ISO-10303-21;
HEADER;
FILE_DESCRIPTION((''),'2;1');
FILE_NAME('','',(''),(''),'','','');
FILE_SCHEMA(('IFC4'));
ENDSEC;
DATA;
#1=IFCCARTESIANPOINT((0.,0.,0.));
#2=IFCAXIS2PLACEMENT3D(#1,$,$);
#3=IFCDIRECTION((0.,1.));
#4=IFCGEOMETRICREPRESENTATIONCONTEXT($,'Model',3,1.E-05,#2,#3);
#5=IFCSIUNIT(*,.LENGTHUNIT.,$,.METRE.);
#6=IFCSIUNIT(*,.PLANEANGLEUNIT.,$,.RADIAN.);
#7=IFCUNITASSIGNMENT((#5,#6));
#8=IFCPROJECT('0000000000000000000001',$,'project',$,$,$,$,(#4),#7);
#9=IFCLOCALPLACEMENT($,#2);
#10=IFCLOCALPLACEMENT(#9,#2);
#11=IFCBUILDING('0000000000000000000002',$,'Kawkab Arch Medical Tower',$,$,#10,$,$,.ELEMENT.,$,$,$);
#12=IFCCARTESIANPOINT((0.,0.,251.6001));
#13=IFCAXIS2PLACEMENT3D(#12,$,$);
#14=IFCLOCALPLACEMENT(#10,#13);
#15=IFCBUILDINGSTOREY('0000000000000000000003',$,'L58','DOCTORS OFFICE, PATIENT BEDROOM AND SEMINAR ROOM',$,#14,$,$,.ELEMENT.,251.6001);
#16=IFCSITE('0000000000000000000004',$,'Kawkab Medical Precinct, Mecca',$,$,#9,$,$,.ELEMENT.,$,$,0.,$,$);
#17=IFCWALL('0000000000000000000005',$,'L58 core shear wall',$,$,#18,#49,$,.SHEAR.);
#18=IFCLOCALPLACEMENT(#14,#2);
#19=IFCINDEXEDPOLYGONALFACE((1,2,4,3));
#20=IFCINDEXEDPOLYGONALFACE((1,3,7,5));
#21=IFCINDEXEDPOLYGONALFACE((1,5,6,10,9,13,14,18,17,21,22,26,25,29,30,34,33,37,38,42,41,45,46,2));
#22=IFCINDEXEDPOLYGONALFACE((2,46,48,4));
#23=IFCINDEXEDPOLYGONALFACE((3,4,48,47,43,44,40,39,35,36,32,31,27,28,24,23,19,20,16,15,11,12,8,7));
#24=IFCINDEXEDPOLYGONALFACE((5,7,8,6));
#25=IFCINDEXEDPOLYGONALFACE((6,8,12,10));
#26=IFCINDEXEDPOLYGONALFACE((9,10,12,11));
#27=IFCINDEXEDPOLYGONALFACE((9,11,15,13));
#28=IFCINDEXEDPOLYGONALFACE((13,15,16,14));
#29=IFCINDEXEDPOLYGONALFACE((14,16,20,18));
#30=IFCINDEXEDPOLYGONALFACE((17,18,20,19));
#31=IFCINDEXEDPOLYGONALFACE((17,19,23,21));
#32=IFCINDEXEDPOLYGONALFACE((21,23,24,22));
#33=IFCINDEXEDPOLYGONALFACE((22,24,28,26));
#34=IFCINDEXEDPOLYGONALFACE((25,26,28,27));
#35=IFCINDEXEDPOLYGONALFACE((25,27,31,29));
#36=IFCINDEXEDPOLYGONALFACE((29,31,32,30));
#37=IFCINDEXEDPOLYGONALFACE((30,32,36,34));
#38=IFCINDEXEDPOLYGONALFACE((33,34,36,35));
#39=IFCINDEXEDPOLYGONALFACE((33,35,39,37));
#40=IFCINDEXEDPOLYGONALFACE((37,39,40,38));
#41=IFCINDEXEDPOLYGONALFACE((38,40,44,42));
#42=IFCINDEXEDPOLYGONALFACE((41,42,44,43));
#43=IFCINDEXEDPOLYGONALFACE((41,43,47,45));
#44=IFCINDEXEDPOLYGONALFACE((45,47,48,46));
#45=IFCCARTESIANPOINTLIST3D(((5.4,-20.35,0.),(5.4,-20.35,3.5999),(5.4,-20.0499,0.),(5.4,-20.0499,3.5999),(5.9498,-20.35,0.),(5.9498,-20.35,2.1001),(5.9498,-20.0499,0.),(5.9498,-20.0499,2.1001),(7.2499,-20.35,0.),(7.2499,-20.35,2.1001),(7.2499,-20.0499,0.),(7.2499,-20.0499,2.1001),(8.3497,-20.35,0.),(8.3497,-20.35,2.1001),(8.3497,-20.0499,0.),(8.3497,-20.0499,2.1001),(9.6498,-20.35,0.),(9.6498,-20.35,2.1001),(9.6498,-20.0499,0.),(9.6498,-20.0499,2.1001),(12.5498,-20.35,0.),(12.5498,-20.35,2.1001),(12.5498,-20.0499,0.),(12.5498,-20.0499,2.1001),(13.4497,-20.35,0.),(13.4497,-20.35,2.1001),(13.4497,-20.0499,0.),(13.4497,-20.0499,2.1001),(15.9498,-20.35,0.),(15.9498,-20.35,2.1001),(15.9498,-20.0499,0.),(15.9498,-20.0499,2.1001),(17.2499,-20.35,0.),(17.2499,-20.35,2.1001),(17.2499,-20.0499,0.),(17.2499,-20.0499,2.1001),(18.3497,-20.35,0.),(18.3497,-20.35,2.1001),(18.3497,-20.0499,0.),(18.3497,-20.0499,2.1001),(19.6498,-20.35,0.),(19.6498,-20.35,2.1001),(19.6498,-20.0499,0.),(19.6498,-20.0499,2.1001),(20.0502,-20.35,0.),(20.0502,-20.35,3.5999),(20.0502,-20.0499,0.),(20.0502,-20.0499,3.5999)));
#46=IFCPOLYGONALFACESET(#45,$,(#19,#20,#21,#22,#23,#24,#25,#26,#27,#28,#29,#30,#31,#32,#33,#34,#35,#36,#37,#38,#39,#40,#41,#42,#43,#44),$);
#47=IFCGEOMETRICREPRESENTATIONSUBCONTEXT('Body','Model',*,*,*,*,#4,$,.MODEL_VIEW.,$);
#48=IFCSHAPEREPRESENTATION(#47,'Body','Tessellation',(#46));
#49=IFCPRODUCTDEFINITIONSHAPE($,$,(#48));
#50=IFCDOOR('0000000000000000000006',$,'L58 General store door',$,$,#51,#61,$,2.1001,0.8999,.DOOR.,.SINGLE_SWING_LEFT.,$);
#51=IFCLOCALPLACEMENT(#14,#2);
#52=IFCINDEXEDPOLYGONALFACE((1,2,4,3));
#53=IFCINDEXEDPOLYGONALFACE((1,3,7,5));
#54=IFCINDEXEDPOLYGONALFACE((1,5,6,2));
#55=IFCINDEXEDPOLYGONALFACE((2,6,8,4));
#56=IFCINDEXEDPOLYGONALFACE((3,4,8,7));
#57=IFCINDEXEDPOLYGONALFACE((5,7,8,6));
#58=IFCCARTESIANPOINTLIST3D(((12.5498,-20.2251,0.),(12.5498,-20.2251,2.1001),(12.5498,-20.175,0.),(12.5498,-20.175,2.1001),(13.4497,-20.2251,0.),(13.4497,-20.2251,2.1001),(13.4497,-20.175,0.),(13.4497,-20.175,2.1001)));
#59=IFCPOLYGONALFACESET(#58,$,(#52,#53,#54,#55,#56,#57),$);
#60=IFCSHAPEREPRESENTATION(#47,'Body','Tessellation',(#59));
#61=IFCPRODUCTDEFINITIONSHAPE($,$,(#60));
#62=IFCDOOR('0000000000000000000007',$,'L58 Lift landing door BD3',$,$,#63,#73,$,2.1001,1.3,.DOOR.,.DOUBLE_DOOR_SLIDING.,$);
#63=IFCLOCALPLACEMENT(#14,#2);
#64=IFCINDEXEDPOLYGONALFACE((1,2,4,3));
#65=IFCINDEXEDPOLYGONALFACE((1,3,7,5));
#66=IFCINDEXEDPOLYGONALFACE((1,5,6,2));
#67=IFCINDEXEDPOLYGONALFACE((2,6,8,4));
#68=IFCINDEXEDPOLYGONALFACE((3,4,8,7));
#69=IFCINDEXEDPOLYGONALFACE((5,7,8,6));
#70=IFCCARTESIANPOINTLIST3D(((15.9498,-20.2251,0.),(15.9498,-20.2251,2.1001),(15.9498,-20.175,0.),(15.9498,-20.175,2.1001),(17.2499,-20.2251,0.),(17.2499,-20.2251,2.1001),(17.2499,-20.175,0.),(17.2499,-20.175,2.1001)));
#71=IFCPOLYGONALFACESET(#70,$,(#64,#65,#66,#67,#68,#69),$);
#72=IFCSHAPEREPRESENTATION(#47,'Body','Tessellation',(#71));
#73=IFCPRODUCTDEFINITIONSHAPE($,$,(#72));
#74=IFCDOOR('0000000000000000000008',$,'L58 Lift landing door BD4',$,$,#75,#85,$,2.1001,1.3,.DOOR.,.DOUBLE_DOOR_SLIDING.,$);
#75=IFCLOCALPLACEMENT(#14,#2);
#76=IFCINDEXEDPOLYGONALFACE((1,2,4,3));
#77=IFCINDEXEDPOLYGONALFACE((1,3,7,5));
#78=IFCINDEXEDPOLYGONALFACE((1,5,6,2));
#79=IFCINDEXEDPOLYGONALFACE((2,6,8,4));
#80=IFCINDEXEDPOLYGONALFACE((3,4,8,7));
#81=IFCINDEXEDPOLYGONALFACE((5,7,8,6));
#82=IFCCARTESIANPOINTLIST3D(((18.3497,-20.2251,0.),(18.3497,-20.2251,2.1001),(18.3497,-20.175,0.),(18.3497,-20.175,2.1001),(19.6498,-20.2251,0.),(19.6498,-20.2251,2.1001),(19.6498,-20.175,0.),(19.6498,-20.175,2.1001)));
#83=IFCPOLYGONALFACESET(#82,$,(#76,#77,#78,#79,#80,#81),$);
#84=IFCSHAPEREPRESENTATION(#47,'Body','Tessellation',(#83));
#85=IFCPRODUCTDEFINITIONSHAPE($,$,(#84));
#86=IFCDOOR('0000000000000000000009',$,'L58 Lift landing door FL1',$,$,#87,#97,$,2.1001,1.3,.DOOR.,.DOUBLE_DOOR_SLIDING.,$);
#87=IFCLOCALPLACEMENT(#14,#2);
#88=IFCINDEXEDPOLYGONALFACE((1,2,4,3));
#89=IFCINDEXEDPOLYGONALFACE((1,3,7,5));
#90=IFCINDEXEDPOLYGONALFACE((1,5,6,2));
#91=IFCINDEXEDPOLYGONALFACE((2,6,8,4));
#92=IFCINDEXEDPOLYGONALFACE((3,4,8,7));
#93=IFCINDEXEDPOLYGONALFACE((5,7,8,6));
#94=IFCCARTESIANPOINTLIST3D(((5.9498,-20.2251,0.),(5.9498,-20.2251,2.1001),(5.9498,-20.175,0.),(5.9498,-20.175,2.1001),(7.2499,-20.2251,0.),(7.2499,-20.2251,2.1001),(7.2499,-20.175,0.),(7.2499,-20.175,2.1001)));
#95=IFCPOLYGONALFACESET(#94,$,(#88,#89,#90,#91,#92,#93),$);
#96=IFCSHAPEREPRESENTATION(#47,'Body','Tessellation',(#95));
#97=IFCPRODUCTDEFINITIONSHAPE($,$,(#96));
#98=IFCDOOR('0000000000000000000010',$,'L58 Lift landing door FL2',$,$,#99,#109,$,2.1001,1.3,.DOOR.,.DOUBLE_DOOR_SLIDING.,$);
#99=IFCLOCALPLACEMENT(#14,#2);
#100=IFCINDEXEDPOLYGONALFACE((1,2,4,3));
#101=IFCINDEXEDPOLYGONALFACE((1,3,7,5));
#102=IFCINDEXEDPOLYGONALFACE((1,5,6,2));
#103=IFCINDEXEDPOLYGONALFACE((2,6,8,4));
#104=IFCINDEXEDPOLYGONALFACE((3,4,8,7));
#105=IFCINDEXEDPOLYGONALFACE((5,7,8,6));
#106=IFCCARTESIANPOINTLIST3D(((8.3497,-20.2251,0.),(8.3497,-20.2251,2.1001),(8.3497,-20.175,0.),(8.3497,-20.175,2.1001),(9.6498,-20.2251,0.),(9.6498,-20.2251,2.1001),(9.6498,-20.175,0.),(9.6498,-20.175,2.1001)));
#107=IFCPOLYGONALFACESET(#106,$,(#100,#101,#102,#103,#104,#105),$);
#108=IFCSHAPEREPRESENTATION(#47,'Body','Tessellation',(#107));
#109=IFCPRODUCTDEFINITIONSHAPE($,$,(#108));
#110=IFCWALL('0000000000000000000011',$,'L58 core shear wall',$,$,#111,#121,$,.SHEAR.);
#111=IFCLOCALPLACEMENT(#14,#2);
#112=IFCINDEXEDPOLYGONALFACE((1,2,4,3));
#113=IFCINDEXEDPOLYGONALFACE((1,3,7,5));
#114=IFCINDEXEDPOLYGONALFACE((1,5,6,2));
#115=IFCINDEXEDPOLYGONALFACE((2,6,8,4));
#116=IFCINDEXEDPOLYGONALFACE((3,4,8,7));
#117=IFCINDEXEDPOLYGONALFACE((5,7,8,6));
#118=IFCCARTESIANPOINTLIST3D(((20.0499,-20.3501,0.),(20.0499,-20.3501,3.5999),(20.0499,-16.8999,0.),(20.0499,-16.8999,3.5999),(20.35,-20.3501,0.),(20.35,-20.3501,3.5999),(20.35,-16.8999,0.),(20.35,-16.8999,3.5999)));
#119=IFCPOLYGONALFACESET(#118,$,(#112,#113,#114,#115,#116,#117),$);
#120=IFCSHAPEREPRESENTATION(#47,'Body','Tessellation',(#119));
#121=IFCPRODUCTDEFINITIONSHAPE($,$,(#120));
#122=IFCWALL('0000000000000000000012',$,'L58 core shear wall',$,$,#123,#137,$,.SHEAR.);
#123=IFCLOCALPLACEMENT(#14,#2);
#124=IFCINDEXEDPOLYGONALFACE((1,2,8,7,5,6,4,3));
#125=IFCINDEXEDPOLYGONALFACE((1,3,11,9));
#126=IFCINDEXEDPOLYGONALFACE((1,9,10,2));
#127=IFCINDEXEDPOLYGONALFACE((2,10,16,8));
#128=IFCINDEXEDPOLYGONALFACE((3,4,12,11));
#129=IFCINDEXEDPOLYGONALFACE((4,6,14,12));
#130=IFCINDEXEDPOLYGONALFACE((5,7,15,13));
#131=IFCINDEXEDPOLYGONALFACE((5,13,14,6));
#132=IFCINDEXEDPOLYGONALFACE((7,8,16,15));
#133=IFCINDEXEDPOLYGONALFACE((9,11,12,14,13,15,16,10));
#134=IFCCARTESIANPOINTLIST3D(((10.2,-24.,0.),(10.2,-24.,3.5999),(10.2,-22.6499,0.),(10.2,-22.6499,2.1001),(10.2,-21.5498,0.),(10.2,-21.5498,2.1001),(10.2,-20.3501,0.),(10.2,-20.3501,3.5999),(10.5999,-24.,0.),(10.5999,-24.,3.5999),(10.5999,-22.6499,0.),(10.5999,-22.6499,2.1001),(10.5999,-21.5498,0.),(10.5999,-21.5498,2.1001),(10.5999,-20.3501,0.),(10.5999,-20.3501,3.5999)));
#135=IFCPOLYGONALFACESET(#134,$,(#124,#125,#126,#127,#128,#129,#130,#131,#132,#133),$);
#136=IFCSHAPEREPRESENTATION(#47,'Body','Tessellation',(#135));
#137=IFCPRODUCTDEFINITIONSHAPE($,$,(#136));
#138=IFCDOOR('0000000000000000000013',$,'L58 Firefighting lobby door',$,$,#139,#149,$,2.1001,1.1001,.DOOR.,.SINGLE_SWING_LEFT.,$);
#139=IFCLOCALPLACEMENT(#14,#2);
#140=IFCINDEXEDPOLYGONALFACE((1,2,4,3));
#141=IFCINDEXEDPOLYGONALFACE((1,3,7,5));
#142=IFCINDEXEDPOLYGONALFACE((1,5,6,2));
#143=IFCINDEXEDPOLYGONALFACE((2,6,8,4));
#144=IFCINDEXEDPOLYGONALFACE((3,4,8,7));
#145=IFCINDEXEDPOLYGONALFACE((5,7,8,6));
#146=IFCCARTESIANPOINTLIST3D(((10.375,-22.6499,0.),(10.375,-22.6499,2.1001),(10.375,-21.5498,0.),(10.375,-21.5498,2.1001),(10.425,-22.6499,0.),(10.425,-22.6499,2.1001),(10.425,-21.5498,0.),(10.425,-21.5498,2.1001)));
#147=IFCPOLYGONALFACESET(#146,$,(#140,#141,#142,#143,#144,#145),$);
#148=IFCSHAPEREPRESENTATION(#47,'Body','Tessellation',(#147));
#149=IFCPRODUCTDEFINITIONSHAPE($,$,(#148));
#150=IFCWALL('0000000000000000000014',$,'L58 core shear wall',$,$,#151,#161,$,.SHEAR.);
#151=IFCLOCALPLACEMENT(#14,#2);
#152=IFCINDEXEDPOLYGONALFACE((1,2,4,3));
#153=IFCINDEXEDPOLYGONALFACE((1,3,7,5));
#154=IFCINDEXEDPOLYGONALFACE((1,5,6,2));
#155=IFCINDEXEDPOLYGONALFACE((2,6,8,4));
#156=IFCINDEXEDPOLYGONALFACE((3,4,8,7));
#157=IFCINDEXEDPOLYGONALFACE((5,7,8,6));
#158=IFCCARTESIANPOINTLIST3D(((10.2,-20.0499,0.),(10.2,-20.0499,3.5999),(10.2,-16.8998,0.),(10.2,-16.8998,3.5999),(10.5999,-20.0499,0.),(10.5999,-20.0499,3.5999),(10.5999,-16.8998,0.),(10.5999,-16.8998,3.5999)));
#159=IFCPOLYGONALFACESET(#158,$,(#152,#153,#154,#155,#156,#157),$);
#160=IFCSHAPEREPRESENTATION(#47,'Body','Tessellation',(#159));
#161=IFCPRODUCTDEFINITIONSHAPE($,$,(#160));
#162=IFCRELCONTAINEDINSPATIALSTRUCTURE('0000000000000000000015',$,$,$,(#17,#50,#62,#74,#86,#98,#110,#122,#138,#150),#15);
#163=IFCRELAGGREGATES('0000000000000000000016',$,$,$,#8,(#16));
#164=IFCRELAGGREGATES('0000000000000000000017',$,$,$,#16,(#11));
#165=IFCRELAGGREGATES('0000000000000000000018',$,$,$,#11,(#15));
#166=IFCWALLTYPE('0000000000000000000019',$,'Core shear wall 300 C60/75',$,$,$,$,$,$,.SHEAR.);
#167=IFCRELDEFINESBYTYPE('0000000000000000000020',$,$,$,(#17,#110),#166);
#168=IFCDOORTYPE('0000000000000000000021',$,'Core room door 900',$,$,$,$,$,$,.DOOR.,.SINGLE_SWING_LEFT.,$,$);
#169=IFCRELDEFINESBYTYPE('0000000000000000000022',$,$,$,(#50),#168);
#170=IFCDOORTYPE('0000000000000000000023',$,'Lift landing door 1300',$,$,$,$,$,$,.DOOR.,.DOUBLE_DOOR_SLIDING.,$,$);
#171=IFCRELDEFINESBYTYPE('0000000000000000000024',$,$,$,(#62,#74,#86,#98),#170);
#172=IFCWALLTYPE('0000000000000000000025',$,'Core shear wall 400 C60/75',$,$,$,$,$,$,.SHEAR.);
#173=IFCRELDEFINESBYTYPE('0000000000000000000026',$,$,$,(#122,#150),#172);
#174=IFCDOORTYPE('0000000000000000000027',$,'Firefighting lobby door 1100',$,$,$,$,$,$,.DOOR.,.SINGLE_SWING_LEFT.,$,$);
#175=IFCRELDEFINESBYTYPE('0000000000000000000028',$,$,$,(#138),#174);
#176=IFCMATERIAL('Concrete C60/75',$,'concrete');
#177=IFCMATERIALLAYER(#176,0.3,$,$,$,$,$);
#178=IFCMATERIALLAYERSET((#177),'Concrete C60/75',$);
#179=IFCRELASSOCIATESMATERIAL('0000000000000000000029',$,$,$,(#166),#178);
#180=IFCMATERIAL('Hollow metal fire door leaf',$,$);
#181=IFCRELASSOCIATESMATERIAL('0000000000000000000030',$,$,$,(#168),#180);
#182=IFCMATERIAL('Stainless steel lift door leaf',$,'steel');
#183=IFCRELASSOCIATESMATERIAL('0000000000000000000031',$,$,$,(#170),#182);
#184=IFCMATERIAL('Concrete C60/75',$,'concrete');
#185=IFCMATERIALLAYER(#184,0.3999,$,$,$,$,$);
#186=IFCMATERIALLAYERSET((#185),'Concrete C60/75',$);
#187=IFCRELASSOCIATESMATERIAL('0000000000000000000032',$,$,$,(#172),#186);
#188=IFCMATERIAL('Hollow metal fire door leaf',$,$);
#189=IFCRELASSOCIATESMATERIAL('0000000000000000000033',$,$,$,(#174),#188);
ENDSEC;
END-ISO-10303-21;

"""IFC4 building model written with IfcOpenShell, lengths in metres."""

from ifc_helpers import new_model, si_unit, direction, frame, frame_2d, origin, place, context, subcontext, project, spatial, rectangle, extrude, material, layer, layer_set, type_object, element, fill, save


model = new_model("IFC4")

# Units and contexts
model_context = context("Model", 3, precision=1e-05, world=origin(), true_north=direction((0.0, 1.0)))
body_context = subcontext(model_context, "Body", "Model", "MODEL_VIEW")
ifc_project = project(units=[si_unit("LENGTHUNIT", "METRE"), si_unit("PLANEANGLEUNIT", "RADIAN")], contexts=[model_context])

# Site, building, storey
site_placement = place(None, origin())
site = spatial("IfcSite", under=ifc_project, at=site_placement, Name="Kawkab Medical Precinct, Mecca", CompositionType="ELEMENT", RefElevation=0.0)
building_placement = place(site_placement, origin())
building = spatial("IfcBuilding", under=site, at=building_placement, Name="Kawkab Arch Medical Tower", CompositionType="ELEMENT")
storey_placement = place(building_placement, frame((0.0, 0.0, 251.6001)))
storey = spatial("IfcBuildingStorey", under=building, at=storey_placement, Name="L58", Description="DOCTORS OFFICE, PATIENT BEDROOM AND SEMINAR ROOM", CompositionType="ELEMENT", Elevation=251.6001)

# Wall, openings, doors
ifc_material_1 = material(Name="Concrete C60/75", Category="concrete")
ifc_layer_1 = layer(ifc_material_1, 0.3)
ifc_layer_set_1 = layer_set([ifc_layer_1], Name="Concrete C60/75")
wall_type_1 = type_object("IfcWallType", Name="Core shear wall 300 C60/75", PredefinedType="SHEAR", material=ifc_layer_set_1)
wall_1_placement = place(storey_placement, frame((5.3999, -20.2, 0.0), z_axis=(0.0, 0.0, 1.0), x_axis=(1.0, 0.0, 0.0)))
wall_1 = element("IfcWall", 1, at=wall_1_placement, inside=storey, type_object=wall_type_1, Name="L58 core shear wall", PredefinedType="SHEAR", context=body_context, shape_type="SweptSolid", body=[
    extrude(rectangle(XDim=14.6501, YDim=0.3, at=frame_2d((7.3252, 0.0))), origin(), (0.0, 0.0, 1.0), 3.5999),
])
opening_1_placement = place(wall_1_placement, frame((10.55, 0.0, 0.0)))
opening_1 = element("IfcOpeningElement", 2, at=opening_1_placement, cuts=wall_1, PredefinedType="OPENING", context=body_context, shape_type="SweptSolid", body=[
    extrude(rectangle(XDim=1.3, YDim=2.1001, at=frame_2d((0.6499, 1.05))), frame((0.0, 0.1599, 0.0), z_axis=(0.0, -1.0, 0.0), x_axis=(1.0, 0.0, 0.0)), (0.0, 0.0, 1.0), 0.3201),
])
opening_2_placement = place(wall_1_placement, frame((12.95, 0.0, 0.0)))
opening_2 = element("IfcOpeningElement", 3, at=opening_2_placement, cuts=wall_1, PredefinedType="OPENING", context=body_context, shape_type="SweptSolid", body=[
    extrude(rectangle(XDim=1.3, YDim=2.1001, at=frame_2d((0.6499, 1.05))), frame((0.0, 0.1599, 0.0), z_axis=(0.0, -1.0, 0.0), x_axis=(1.0, 0.0, 0.0)), (0.0, 0.0, 1.0), 0.3201),
])
opening_3_placement = place(wall_1_placement, frame((0.55, 0.0, 0.0)))
opening_3 = element("IfcOpeningElement", 4, at=opening_3_placement, cuts=wall_1, PredefinedType="OPENING", context=body_context, shape_type="SweptSolid", body=[
    extrude(rectangle(XDim=1.3, YDim=2.1001, at=frame_2d((0.6499, 1.05))), frame((0.0, 0.1599, 0.0), z_axis=(0.0, -1.0, 0.0), x_axis=(1.0, 0.0, 0.0)), (0.0, 0.0, 1.0), 0.3201),
])
opening_4_placement = place(wall_1_placement, frame((2.95, 0.0, 0.0)))
opening_4 = element("IfcOpeningElement", 5, at=opening_4_placement, cuts=wall_1, PredefinedType="OPENING", context=body_context, shape_type="SweptSolid", body=[
    extrude(rectangle(XDim=1.3, YDim=2.1001, at=frame_2d((0.6499, 1.05))), frame((0.0, 0.1599, 0.0), z_axis=(0.0, -1.0, 0.0), x_axis=(1.0, 0.0, 0.0)), (0.0, 0.0, 1.0), 0.3201),
])
opening_5_placement = place(wall_1_placement, frame((7.1499, 0.0, 0.0)))
opening_5 = element("IfcOpeningElement", 6, at=opening_5_placement, cuts=wall_1, PredefinedType="OPENING", context=body_context, shape_type="SweptSolid", body=[
    extrude(rectangle(XDim=0.8999, YDim=2.1001, at=frame_2d((0.45, 1.05))), frame((0.0, 0.1599, 0.0), z_axis=(0.0, -1.0, 0.0), x_axis=(1.0, 0.0, 0.0)), (0.0, 0.0, 1.0), 0.3201),
])
ifc_material_2 = material(Name="Hollow metal fire door leaf")
door_type_1 = type_object("IfcDoorType", Name="Core room door 900", OperationType="SINGLE_SWING_LEFT", PredefinedType="DOOR", material=ifc_material_2)
door_1_placement = place(opening_5_placement, origin())
door_1 = element("IfcDoor", 7, at=door_1_placement, inside=storey, type_object=door_type_1, Name="L58 General store door", OperationType="SINGLE_SWING_LEFT", OverallHeight=2.1001, OverallWidth=0.8999, PredefinedType="DOOR", context=body_context, shape_type="SweptSolid", body=[
    extrude(rectangle(XDim=0.8999, YDim=2.1001, at=frame_2d((0.45, 1.05))), frame((0.0, 0.0249, 0.0), z_axis=(0.0, -1.0, 0.0), x_axis=(1.0, 0.0, 0.0)), (0.0, 0.0, 1.0), 0.05),
])
fill(opening_5, door_1)
ifc_material_3 = material(Name="Stainless steel lift door leaf", Category="steel")
door_type_2 = type_object("IfcDoorType", Name="Lift landing door 1300", OperationType="DOUBLE_DOOR_SLIDING", PredefinedType="DOOR", material=ifc_material_3)
door_2_placement = place(opening_1_placement, origin())
door_2 = element("IfcDoor", 8, at=door_2_placement, inside=storey, type_object=door_type_2, Name="L58 Lift landing door BD3", OperationType="DOUBLE_DOOR_SLIDING", OverallHeight=2.1001, OverallWidth=1.3, PredefinedType="DOOR", context=body_context, shape_type="SweptSolid", body=[
    extrude(rectangle(XDim=1.3, YDim=2.1001, at=frame_2d((0.6499, 1.05))), frame((0.0, 0.0249, 0.0), z_axis=(0.0, -1.0, 0.0), x_axis=(1.0, 0.0, 0.0)), (0.0, 0.0, 1.0), 0.05),
])
fill(opening_1, door_2)
door_3_placement = place(opening_2_placement, origin())
door_3 = element("IfcDoor", 9, at=door_3_placement, inside=storey, type_object=door_type_2, Name="L58 Lift landing door BD4", OperationType="DOUBLE_DOOR_SLIDING", OverallHeight=2.1001, OverallWidth=1.3, PredefinedType="DOOR", context=body_context, shape_type="SweptSolid", body=[
    extrude(rectangle(XDim=1.3, YDim=2.1001, at=frame_2d((0.6499, 1.05))), frame((0.0, 0.0249, 0.0), z_axis=(0.0, -1.0, 0.0), x_axis=(1.0, 0.0, 0.0)), (0.0, 0.0, 1.0), 0.05),
])
fill(opening_2, door_3)
door_4_placement = place(opening_3_placement, origin())
door_4 = element("IfcDoor", 10, at=door_4_placement, inside=storey, type_object=door_type_2, Name="L58 Lift landing door FL1", OperationType="DOUBLE_DOOR_SLIDING", OverallHeight=2.1001, OverallWidth=1.3, PredefinedType="DOOR", context=body_context, shape_type="SweptSolid", body=[
    extrude(rectangle(XDim=1.3, YDim=2.1001, at=frame_2d((0.6499, 1.05))), frame((0.0, 0.0249, 0.0), z_axis=(0.0, -1.0, 0.0), x_axis=(1.0, 0.0, 0.0)), (0.0, 0.0, 1.0), 0.05),
])
fill(opening_3, door_4)
door_5_placement = place(opening_4_placement, origin())
door_5 = element("IfcDoor", 11, at=door_5_placement, inside=storey, type_object=door_type_2, Name="L58 Lift landing door FL2", OperationType="DOUBLE_DOOR_SLIDING", OverallHeight=2.1001, OverallWidth=1.3, PredefinedType="DOOR", context=body_context, shape_type="SweptSolid", body=[
    extrude(rectangle(XDim=1.3, YDim=2.1001, at=frame_2d((0.6499, 1.05))), frame((0.0, 0.0249, 0.0), z_axis=(0.0, -1.0, 0.0), x_axis=(1.0, 0.0, 0.0)), (0.0, 0.0, 1.0), 0.05),
])
fill(opening_4, door_5)

# Wall
wall_2_placement = place(storey_placement, frame((20.2, -20.3501, 0.0), z_axis=(0.0, 0.0, 1.0), x_axis=(0.0, 1.0, 0.0)))
element("IfcWall", 12, at=wall_2_placement, inside=storey, type_object=wall_type_1, Name="L58 core shear wall", PredefinedType="SHEAR", context=body_context, shape_type="SweptSolid", body=[
    extrude(rectangle(XDim=3.4502, YDim=0.3, at=frame_2d((1.7251, 0.0))), origin(), (0.0, 0.0, 1.0), 3.5999),
])

# Wall, opening, door
ifc_material_4 = material(Name="Concrete C60/75", Category="concrete")
ifc_layer_2 = layer(ifc_material_4, 0.3999)
ifc_layer_set_2 = layer_set([ifc_layer_2], Name="Concrete C60/75")
wall_type_2 = type_object("IfcWallType", Name="Core shear wall 400 C60/75", PredefinedType="SHEAR", material=ifc_layer_set_2)
wall_3_placement = place(storey_placement, frame((10.3999, -24.0, 0.0), z_axis=(0.0, 0.0, 1.0), x_axis=(0.0, 1.0, 0.0)))
wall_3 = element("IfcWall", 13, at=wall_3_placement, inside=storey, type_object=wall_type_2, Name="L58 core shear wall", PredefinedType="SHEAR", context=body_context, shape_type="SweptSolid", body=[
    extrude(rectangle(XDim=3.6499, YDim=0.3999, at=frame_2d((1.825, 0.0))), origin(), (0.0, 0.0, 1.0), 3.5999),
])
opening_6_placement = place(wall_3_placement, frame((1.3501, 0.0, 0.0)))
opening_6 = element("IfcOpeningElement", 14, at=opening_6_placement, cuts=wall_3, PredefinedType="OPENING", context=body_context, shape_type="SweptSolid", body=[
    extrude(rectangle(XDim=1.1001, YDim=2.1001, at=frame_2d((0.55, 1.05))), frame((0.0, 0.21, 0.0), z_axis=(0.0, -1.0, 0.0), x_axis=(1.0, 0.0, 0.0)), (0.0, 0.0, 1.0), 0.4199),
])
ifc_material_5 = material(Name="Hollow metal fire door leaf")
door_type_3 = type_object("IfcDoorType", Name="Firefighting lobby door 1100", OperationType="SINGLE_SWING_LEFT", PredefinedType="DOOR", material=ifc_material_5)
door_6_placement = place(opening_6_placement, origin())
door_6 = element("IfcDoor", 15, at=door_6_placement, inside=storey, type_object=door_type_3, Name="L58 Firefighting lobby door", OperationType="SINGLE_SWING_LEFT", OverallHeight=2.1001, OverallWidth=1.1001, PredefinedType="DOOR", context=body_context, shape_type="SweptSolid", body=[
    extrude(rectangle(XDim=1.1001, YDim=2.1001, at=frame_2d((0.55, 1.05))), frame((0.0, 0.0249, 0.0), z_axis=(0.0, -1.0, 0.0), x_axis=(1.0, 0.0, 0.0)), (0.0, 0.0, 1.0), 0.05),
])
fill(opening_6, door_6)

# Wall
wall_4_placement = place(storey_placement, frame((10.3999, -20.05, 0.0), z_axis=(0.0, 0.0, 1.0), x_axis=(0.0, 1.0, 0.0)))
element("IfcWall", 16, at=wall_4_placement, inside=storey, type_object=wall_type_2, Name="L58 core shear wall", PredefinedType="SHEAR", context=body_context, shape_type="SweptSolid", body=[
    extrude(rectangle(XDim=3.1501, YDim=0.3999, at=frame_2d((1.5752, 0.0))), origin(), (0.0, 0.0, 1.0), 3.5999),
])

save(model, "model.ifc")
